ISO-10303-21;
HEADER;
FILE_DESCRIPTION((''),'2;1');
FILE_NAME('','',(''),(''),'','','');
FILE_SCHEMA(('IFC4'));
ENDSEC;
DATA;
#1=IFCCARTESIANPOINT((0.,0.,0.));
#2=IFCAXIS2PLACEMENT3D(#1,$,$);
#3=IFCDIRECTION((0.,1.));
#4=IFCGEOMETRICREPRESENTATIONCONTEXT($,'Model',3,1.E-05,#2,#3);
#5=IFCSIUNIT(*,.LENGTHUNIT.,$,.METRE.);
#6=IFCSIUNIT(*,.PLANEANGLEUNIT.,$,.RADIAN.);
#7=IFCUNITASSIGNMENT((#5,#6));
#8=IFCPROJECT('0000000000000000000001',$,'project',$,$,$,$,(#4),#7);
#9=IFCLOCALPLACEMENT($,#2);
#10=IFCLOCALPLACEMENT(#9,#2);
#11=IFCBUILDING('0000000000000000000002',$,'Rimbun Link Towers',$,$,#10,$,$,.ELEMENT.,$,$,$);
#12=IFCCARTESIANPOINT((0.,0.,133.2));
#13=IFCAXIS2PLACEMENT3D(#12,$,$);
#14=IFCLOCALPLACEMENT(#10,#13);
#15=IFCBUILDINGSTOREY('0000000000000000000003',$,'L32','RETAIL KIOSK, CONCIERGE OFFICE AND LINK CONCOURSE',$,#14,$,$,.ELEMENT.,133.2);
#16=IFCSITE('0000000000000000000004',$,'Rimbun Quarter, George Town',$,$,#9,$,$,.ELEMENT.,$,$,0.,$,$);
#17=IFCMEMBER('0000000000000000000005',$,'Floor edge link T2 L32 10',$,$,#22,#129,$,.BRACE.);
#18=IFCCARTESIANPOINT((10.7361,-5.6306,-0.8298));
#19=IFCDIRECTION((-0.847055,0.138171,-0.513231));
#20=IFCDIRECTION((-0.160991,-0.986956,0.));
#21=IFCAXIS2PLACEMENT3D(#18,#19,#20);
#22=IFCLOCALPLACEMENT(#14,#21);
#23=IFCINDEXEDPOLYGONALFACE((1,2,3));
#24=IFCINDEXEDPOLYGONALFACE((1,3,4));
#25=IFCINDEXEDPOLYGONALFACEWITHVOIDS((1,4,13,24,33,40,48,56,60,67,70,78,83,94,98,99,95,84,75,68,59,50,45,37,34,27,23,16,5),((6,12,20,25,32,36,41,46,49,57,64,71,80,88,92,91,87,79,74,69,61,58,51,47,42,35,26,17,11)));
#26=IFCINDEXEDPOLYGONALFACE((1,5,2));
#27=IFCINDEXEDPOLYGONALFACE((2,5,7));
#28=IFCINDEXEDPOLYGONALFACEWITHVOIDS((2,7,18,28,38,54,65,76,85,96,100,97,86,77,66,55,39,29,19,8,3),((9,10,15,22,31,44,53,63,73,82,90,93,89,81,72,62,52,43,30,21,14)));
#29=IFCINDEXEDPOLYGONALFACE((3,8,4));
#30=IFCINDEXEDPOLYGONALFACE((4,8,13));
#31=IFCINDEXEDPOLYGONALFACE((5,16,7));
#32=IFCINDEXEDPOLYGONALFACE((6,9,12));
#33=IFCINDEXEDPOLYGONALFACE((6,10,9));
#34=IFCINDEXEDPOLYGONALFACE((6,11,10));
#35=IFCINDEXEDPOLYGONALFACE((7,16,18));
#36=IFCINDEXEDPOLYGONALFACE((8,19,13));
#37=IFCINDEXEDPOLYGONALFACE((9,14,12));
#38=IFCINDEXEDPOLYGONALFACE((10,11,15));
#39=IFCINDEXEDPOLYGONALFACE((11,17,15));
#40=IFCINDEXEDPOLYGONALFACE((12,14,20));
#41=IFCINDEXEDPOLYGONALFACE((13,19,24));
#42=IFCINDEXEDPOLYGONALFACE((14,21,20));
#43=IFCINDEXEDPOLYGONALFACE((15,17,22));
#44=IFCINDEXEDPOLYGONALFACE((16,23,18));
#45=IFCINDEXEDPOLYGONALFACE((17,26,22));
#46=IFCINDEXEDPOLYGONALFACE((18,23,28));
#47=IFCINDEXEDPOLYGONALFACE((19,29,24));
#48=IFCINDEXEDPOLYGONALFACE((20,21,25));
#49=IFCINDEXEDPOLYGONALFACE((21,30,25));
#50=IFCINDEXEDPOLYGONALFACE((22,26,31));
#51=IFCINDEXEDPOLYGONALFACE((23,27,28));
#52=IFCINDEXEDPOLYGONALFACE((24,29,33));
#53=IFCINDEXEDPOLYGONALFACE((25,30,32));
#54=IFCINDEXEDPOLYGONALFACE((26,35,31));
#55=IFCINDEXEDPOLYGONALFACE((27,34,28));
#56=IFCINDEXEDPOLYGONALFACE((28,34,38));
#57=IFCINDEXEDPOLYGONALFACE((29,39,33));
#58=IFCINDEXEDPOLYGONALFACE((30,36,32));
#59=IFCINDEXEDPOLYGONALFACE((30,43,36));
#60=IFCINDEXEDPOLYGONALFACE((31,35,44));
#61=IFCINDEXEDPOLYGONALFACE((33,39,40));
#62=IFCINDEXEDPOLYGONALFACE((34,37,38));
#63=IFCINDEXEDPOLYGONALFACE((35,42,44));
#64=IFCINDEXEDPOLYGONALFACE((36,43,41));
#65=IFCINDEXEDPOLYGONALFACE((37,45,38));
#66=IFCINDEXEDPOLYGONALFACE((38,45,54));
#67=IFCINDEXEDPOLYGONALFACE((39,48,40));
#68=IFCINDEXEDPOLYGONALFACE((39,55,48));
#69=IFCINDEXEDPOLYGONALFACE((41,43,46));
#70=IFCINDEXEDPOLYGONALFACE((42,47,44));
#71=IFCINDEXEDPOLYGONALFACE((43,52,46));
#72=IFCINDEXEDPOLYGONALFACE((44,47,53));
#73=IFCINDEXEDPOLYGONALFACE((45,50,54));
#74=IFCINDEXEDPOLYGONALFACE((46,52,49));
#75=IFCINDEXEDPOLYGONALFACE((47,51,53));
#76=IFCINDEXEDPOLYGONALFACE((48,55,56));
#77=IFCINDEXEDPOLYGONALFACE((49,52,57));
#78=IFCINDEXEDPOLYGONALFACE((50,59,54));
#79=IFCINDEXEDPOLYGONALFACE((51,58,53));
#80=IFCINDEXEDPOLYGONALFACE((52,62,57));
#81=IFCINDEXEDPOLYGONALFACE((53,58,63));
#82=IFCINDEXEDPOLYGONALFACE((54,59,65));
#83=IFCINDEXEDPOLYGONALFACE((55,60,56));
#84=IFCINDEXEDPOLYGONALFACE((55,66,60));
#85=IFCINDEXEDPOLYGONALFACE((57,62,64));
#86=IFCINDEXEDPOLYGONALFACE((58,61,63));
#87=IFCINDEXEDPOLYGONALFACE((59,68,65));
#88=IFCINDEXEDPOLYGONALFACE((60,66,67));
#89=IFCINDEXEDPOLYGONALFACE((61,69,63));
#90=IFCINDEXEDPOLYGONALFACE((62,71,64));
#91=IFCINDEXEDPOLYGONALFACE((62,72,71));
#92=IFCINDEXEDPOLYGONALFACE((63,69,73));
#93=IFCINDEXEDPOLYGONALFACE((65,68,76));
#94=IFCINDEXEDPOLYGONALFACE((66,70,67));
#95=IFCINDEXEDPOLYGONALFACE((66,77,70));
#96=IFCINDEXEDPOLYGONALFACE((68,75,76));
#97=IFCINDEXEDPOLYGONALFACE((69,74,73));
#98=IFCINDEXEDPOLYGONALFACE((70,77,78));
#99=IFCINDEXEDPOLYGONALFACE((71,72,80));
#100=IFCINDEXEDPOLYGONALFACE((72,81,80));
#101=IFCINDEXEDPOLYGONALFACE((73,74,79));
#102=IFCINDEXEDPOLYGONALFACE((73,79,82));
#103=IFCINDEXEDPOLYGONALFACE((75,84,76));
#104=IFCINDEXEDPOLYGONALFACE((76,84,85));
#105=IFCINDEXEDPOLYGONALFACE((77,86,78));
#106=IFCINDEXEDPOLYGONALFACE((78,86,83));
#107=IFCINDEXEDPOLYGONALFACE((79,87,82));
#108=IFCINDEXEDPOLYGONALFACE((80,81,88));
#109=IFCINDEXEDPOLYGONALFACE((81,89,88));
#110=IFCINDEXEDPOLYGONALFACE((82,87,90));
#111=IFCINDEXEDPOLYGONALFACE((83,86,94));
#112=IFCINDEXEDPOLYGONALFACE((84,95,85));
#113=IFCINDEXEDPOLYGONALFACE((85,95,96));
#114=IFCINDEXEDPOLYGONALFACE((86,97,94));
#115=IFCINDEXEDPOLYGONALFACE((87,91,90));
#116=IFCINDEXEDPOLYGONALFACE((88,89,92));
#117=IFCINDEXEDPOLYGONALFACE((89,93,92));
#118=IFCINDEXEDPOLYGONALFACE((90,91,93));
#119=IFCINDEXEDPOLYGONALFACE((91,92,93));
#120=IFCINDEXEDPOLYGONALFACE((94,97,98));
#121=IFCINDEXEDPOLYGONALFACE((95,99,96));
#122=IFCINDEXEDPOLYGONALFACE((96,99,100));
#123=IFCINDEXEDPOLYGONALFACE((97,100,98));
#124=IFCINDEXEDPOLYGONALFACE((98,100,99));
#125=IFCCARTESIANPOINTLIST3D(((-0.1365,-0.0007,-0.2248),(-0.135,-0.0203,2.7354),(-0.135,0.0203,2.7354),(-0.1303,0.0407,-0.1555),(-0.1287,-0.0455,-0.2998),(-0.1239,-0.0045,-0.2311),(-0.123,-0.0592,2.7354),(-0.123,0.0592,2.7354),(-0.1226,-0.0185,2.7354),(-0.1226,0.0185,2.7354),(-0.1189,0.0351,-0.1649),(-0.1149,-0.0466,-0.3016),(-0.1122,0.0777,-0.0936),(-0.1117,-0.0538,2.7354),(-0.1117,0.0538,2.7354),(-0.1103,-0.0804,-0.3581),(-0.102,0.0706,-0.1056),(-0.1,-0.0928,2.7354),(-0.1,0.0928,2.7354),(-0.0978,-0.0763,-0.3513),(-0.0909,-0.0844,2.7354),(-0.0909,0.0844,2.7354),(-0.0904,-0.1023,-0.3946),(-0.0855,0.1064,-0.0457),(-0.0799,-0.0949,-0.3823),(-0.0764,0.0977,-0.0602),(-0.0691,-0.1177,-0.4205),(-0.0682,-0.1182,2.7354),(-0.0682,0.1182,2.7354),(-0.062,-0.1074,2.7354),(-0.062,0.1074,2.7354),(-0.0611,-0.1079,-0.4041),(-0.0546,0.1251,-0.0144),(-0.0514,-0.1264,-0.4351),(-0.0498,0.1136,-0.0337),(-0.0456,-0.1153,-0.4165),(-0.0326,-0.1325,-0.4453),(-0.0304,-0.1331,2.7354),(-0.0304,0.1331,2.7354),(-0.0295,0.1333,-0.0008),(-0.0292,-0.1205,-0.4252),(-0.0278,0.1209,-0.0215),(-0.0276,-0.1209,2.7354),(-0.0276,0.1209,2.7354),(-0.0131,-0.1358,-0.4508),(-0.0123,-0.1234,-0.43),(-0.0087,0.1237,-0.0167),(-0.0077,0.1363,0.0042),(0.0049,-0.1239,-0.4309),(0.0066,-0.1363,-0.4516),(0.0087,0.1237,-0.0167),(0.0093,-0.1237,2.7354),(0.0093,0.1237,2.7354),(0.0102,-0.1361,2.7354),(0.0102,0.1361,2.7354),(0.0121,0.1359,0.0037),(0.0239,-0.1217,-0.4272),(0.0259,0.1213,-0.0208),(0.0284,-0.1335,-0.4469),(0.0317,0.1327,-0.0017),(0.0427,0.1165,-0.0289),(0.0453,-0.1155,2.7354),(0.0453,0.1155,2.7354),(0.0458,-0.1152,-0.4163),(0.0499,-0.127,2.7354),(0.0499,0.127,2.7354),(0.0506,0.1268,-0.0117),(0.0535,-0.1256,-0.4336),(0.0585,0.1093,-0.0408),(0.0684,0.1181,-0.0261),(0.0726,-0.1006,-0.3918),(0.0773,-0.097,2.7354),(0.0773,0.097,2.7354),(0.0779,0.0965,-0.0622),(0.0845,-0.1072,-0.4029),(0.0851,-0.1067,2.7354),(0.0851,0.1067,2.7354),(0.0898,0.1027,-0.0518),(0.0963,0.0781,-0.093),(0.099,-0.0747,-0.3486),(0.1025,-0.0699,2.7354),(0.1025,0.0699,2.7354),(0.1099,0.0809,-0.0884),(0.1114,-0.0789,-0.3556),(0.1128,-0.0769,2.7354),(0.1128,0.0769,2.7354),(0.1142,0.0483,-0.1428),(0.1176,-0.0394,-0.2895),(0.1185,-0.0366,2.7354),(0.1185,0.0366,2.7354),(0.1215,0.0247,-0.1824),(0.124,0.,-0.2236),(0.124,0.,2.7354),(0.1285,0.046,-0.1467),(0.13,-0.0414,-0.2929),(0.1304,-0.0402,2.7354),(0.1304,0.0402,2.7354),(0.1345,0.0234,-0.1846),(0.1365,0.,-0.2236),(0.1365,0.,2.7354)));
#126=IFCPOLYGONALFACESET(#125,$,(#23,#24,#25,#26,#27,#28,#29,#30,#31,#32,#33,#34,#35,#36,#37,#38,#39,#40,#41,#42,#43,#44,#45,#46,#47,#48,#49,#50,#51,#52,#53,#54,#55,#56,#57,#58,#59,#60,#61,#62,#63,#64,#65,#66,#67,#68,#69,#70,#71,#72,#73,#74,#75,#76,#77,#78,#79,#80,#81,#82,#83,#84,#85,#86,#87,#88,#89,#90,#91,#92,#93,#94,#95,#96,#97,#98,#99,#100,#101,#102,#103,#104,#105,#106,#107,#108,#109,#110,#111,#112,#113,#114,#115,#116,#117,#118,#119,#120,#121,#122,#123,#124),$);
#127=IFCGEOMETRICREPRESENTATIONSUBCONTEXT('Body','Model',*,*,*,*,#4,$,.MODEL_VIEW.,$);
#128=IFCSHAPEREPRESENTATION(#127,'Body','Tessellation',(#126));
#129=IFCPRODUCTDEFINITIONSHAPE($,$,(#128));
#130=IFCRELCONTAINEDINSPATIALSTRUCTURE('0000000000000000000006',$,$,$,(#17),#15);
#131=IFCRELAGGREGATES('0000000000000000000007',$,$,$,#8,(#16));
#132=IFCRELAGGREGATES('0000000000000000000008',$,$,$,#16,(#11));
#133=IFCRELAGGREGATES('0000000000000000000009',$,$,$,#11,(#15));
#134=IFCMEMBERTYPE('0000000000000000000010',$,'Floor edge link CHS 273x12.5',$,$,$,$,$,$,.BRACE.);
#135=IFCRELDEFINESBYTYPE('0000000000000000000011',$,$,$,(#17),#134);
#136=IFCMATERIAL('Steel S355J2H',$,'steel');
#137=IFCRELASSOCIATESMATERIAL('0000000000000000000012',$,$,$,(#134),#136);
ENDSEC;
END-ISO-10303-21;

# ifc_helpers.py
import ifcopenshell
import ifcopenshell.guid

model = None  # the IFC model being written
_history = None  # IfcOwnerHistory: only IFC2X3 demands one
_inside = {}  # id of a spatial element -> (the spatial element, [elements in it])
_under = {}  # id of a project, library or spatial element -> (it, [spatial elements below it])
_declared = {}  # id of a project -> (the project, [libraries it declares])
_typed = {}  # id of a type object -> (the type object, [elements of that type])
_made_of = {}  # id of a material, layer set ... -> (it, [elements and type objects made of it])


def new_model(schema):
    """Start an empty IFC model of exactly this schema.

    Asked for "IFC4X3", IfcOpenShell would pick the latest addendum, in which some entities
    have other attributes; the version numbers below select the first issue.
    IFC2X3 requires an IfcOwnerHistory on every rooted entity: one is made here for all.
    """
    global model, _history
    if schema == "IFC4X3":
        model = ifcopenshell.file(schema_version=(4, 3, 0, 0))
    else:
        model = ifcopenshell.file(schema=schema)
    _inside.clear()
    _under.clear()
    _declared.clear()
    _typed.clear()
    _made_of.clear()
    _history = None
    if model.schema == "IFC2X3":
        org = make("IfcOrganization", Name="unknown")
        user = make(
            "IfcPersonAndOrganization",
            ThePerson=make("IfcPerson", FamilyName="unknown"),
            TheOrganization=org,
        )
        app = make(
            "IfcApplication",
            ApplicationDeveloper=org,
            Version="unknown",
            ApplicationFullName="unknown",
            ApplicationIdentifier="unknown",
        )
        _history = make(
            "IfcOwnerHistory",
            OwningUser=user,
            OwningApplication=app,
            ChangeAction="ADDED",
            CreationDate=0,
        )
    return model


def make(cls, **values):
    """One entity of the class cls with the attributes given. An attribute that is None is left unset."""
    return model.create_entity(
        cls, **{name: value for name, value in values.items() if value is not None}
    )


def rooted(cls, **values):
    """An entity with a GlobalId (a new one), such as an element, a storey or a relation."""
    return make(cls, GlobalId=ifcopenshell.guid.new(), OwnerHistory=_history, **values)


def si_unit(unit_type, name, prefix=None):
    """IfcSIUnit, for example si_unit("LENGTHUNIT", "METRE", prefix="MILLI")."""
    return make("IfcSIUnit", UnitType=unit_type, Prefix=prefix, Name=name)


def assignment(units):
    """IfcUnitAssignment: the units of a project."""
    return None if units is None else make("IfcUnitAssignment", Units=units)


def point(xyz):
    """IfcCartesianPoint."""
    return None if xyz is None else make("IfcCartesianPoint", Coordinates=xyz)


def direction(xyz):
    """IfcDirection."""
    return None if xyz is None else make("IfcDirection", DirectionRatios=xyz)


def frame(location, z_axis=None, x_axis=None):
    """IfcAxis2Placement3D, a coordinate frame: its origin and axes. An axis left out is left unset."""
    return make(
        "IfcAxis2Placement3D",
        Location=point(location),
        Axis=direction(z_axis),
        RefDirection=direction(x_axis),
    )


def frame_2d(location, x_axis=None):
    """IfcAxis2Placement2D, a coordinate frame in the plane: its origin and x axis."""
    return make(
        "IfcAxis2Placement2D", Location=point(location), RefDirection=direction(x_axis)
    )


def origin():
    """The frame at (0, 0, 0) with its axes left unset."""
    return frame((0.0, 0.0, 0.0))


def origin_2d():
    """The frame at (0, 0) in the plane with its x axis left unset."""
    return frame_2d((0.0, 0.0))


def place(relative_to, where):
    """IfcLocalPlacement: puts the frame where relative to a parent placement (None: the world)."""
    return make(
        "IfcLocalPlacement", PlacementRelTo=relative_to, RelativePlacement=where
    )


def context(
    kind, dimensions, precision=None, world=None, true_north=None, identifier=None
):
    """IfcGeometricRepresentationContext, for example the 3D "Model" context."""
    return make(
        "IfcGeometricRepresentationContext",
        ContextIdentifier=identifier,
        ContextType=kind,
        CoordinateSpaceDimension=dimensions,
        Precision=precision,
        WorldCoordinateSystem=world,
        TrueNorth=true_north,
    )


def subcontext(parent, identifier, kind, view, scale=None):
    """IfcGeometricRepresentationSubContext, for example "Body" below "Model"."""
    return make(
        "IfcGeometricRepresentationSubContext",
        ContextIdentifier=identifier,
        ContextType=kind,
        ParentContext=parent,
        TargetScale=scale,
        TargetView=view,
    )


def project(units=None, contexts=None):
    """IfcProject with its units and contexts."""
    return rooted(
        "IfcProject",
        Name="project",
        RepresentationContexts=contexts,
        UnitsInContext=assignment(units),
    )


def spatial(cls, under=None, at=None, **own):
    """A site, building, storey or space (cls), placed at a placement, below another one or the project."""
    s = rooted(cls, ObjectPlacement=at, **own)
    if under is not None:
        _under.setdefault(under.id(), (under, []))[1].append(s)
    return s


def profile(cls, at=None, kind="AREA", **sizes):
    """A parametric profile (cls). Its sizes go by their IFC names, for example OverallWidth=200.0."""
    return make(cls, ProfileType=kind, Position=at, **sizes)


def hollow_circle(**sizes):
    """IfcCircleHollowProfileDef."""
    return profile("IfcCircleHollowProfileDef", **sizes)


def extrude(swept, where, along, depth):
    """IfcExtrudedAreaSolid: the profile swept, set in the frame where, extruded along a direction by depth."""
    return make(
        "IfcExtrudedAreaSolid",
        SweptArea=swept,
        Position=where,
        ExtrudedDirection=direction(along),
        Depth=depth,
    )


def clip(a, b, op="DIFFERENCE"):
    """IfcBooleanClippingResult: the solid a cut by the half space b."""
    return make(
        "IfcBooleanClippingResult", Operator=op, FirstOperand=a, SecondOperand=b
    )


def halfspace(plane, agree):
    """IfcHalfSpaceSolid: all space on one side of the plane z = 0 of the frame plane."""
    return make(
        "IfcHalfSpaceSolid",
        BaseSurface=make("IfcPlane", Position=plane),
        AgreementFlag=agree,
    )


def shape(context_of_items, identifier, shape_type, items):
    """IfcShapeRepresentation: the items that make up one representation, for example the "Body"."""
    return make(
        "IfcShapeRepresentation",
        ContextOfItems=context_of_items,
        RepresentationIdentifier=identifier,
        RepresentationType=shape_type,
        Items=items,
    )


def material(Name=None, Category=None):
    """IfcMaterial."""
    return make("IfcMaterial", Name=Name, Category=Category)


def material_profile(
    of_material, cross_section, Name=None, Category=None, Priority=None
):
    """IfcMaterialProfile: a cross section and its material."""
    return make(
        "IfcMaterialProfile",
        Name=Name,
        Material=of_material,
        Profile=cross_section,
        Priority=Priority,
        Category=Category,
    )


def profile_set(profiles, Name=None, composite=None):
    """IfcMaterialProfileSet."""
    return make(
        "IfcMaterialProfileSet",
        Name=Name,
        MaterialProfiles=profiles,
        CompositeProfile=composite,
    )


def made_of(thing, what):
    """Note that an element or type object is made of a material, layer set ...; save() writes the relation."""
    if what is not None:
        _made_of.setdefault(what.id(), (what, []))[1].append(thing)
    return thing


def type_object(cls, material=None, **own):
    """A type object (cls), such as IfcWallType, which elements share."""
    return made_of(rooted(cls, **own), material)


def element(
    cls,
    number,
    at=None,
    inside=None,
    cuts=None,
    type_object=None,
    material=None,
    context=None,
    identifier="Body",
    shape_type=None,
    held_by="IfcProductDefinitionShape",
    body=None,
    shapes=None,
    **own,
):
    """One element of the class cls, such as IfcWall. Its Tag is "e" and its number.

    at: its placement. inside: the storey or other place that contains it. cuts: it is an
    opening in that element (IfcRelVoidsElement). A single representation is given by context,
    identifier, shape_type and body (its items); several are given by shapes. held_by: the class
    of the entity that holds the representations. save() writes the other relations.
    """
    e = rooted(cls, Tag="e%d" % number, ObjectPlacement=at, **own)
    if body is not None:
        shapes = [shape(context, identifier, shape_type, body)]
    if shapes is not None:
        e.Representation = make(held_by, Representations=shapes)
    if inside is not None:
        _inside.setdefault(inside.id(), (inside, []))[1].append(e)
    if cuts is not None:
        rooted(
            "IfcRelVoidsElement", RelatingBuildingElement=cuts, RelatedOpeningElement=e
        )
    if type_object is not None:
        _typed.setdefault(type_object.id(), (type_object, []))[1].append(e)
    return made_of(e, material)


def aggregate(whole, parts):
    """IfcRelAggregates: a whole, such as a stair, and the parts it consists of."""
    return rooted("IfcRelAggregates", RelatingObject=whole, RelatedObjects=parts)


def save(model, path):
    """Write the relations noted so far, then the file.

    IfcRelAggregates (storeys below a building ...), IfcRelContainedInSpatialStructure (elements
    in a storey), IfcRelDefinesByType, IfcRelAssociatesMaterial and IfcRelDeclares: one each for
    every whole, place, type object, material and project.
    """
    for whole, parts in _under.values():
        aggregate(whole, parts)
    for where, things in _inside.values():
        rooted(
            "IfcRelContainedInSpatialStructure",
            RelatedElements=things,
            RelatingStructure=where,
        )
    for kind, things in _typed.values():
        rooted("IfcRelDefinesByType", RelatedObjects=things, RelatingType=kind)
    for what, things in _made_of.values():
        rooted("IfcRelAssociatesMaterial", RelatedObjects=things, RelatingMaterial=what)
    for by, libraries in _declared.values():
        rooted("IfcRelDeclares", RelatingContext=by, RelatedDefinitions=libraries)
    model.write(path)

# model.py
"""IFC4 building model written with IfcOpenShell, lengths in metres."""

from ifc_helpers import new_model, si_unit, direction, frame, origin, origin_2d, place, context, subcontext, project, spatial, hollow_circle, extrude, clip, halfspace, material, material_profile, profile_set, type_object, element, save


model = new_model("IFC4")

# Units and contexts
model_context = context("Model", 3, precision=1e-05, world=origin(), true_north=direction((0.0, 1.0)))
body_context = subcontext(model_context, "Body", "Model", "MODEL_VIEW")
ifc_project = project(units=[si_unit("LENGTHUNIT", "METRE"), si_unit("PLANEANGLEUNIT", "RADIAN")], contexts=[model_context])

# Site, building, storey
site_placement = place(None, origin())
site = spatial("IfcSite", under=ifc_project, at=site_placement, Name="Rimbun Quarter, George Town", CompositionType="ELEMENT", RefElevation=0.0)
building_placement = place(site_placement, origin())
building = spatial("IfcBuilding", under=site, at=building_placement, Name="Rimbun Link Towers", CompositionType="ELEMENT")
storey_placement = place(building_placement, frame((0.0, 0.0, 133.2)))
storey = spatial("IfcBuildingStorey", under=building, at=storey_placement, Name="L32", Description="RETAIL KIOSK, CONCIERGE OFFICE AND LINK CONCOURSE", CompositionType="ELEMENT", Elevation=133.2)

# Member
ifc_material_1 = material(Name="Steel S355J2H", Category="steel")
ifc_material_profile_1 = material_profile(ifc_material_1, hollow_circle(Radius=0.1365, WallThickness=0.0125, at=origin_2d()), Name="CHS 273x12.5")
ifc_profile_set_1 = profile_set([ifc_material_profile_1], Name="Steel S355J2H")
member_type_1 = type_object("IfcMemberType", Name="Floor edge link CHS 273x12.5", PredefinedType="BRACE", material=ifc_profile_set_1)
member_1_placement = place(storey_placement, frame((10.7361, -5.6306, -0.8298), z_axis=(-0.847055, 0.138171, -0.513231), x_axis=(-0.160991, -0.986956, 0.0)))
element("IfcMember", 1, at=member_1_placement, inside=storey, type_object=member_type_1, Name="Floor edge link T2 L32 10", PredefinedType="BRACE", context=body_context, shape_type="Clipping", body=[
    clip(extrude(hollow_circle(Radius=0.1365, WallThickness=0.0125, at=origin_2d()), frame((0.0, 0.0, -0.4761)), (0.0, 0.0, 1.0), 3.2114), halfspace(frame((0.0, 0.0, -0.2236), z_axis=(0.0, 0.85825, -0.513231)), False)),
])

save(model, "model.ifc")
